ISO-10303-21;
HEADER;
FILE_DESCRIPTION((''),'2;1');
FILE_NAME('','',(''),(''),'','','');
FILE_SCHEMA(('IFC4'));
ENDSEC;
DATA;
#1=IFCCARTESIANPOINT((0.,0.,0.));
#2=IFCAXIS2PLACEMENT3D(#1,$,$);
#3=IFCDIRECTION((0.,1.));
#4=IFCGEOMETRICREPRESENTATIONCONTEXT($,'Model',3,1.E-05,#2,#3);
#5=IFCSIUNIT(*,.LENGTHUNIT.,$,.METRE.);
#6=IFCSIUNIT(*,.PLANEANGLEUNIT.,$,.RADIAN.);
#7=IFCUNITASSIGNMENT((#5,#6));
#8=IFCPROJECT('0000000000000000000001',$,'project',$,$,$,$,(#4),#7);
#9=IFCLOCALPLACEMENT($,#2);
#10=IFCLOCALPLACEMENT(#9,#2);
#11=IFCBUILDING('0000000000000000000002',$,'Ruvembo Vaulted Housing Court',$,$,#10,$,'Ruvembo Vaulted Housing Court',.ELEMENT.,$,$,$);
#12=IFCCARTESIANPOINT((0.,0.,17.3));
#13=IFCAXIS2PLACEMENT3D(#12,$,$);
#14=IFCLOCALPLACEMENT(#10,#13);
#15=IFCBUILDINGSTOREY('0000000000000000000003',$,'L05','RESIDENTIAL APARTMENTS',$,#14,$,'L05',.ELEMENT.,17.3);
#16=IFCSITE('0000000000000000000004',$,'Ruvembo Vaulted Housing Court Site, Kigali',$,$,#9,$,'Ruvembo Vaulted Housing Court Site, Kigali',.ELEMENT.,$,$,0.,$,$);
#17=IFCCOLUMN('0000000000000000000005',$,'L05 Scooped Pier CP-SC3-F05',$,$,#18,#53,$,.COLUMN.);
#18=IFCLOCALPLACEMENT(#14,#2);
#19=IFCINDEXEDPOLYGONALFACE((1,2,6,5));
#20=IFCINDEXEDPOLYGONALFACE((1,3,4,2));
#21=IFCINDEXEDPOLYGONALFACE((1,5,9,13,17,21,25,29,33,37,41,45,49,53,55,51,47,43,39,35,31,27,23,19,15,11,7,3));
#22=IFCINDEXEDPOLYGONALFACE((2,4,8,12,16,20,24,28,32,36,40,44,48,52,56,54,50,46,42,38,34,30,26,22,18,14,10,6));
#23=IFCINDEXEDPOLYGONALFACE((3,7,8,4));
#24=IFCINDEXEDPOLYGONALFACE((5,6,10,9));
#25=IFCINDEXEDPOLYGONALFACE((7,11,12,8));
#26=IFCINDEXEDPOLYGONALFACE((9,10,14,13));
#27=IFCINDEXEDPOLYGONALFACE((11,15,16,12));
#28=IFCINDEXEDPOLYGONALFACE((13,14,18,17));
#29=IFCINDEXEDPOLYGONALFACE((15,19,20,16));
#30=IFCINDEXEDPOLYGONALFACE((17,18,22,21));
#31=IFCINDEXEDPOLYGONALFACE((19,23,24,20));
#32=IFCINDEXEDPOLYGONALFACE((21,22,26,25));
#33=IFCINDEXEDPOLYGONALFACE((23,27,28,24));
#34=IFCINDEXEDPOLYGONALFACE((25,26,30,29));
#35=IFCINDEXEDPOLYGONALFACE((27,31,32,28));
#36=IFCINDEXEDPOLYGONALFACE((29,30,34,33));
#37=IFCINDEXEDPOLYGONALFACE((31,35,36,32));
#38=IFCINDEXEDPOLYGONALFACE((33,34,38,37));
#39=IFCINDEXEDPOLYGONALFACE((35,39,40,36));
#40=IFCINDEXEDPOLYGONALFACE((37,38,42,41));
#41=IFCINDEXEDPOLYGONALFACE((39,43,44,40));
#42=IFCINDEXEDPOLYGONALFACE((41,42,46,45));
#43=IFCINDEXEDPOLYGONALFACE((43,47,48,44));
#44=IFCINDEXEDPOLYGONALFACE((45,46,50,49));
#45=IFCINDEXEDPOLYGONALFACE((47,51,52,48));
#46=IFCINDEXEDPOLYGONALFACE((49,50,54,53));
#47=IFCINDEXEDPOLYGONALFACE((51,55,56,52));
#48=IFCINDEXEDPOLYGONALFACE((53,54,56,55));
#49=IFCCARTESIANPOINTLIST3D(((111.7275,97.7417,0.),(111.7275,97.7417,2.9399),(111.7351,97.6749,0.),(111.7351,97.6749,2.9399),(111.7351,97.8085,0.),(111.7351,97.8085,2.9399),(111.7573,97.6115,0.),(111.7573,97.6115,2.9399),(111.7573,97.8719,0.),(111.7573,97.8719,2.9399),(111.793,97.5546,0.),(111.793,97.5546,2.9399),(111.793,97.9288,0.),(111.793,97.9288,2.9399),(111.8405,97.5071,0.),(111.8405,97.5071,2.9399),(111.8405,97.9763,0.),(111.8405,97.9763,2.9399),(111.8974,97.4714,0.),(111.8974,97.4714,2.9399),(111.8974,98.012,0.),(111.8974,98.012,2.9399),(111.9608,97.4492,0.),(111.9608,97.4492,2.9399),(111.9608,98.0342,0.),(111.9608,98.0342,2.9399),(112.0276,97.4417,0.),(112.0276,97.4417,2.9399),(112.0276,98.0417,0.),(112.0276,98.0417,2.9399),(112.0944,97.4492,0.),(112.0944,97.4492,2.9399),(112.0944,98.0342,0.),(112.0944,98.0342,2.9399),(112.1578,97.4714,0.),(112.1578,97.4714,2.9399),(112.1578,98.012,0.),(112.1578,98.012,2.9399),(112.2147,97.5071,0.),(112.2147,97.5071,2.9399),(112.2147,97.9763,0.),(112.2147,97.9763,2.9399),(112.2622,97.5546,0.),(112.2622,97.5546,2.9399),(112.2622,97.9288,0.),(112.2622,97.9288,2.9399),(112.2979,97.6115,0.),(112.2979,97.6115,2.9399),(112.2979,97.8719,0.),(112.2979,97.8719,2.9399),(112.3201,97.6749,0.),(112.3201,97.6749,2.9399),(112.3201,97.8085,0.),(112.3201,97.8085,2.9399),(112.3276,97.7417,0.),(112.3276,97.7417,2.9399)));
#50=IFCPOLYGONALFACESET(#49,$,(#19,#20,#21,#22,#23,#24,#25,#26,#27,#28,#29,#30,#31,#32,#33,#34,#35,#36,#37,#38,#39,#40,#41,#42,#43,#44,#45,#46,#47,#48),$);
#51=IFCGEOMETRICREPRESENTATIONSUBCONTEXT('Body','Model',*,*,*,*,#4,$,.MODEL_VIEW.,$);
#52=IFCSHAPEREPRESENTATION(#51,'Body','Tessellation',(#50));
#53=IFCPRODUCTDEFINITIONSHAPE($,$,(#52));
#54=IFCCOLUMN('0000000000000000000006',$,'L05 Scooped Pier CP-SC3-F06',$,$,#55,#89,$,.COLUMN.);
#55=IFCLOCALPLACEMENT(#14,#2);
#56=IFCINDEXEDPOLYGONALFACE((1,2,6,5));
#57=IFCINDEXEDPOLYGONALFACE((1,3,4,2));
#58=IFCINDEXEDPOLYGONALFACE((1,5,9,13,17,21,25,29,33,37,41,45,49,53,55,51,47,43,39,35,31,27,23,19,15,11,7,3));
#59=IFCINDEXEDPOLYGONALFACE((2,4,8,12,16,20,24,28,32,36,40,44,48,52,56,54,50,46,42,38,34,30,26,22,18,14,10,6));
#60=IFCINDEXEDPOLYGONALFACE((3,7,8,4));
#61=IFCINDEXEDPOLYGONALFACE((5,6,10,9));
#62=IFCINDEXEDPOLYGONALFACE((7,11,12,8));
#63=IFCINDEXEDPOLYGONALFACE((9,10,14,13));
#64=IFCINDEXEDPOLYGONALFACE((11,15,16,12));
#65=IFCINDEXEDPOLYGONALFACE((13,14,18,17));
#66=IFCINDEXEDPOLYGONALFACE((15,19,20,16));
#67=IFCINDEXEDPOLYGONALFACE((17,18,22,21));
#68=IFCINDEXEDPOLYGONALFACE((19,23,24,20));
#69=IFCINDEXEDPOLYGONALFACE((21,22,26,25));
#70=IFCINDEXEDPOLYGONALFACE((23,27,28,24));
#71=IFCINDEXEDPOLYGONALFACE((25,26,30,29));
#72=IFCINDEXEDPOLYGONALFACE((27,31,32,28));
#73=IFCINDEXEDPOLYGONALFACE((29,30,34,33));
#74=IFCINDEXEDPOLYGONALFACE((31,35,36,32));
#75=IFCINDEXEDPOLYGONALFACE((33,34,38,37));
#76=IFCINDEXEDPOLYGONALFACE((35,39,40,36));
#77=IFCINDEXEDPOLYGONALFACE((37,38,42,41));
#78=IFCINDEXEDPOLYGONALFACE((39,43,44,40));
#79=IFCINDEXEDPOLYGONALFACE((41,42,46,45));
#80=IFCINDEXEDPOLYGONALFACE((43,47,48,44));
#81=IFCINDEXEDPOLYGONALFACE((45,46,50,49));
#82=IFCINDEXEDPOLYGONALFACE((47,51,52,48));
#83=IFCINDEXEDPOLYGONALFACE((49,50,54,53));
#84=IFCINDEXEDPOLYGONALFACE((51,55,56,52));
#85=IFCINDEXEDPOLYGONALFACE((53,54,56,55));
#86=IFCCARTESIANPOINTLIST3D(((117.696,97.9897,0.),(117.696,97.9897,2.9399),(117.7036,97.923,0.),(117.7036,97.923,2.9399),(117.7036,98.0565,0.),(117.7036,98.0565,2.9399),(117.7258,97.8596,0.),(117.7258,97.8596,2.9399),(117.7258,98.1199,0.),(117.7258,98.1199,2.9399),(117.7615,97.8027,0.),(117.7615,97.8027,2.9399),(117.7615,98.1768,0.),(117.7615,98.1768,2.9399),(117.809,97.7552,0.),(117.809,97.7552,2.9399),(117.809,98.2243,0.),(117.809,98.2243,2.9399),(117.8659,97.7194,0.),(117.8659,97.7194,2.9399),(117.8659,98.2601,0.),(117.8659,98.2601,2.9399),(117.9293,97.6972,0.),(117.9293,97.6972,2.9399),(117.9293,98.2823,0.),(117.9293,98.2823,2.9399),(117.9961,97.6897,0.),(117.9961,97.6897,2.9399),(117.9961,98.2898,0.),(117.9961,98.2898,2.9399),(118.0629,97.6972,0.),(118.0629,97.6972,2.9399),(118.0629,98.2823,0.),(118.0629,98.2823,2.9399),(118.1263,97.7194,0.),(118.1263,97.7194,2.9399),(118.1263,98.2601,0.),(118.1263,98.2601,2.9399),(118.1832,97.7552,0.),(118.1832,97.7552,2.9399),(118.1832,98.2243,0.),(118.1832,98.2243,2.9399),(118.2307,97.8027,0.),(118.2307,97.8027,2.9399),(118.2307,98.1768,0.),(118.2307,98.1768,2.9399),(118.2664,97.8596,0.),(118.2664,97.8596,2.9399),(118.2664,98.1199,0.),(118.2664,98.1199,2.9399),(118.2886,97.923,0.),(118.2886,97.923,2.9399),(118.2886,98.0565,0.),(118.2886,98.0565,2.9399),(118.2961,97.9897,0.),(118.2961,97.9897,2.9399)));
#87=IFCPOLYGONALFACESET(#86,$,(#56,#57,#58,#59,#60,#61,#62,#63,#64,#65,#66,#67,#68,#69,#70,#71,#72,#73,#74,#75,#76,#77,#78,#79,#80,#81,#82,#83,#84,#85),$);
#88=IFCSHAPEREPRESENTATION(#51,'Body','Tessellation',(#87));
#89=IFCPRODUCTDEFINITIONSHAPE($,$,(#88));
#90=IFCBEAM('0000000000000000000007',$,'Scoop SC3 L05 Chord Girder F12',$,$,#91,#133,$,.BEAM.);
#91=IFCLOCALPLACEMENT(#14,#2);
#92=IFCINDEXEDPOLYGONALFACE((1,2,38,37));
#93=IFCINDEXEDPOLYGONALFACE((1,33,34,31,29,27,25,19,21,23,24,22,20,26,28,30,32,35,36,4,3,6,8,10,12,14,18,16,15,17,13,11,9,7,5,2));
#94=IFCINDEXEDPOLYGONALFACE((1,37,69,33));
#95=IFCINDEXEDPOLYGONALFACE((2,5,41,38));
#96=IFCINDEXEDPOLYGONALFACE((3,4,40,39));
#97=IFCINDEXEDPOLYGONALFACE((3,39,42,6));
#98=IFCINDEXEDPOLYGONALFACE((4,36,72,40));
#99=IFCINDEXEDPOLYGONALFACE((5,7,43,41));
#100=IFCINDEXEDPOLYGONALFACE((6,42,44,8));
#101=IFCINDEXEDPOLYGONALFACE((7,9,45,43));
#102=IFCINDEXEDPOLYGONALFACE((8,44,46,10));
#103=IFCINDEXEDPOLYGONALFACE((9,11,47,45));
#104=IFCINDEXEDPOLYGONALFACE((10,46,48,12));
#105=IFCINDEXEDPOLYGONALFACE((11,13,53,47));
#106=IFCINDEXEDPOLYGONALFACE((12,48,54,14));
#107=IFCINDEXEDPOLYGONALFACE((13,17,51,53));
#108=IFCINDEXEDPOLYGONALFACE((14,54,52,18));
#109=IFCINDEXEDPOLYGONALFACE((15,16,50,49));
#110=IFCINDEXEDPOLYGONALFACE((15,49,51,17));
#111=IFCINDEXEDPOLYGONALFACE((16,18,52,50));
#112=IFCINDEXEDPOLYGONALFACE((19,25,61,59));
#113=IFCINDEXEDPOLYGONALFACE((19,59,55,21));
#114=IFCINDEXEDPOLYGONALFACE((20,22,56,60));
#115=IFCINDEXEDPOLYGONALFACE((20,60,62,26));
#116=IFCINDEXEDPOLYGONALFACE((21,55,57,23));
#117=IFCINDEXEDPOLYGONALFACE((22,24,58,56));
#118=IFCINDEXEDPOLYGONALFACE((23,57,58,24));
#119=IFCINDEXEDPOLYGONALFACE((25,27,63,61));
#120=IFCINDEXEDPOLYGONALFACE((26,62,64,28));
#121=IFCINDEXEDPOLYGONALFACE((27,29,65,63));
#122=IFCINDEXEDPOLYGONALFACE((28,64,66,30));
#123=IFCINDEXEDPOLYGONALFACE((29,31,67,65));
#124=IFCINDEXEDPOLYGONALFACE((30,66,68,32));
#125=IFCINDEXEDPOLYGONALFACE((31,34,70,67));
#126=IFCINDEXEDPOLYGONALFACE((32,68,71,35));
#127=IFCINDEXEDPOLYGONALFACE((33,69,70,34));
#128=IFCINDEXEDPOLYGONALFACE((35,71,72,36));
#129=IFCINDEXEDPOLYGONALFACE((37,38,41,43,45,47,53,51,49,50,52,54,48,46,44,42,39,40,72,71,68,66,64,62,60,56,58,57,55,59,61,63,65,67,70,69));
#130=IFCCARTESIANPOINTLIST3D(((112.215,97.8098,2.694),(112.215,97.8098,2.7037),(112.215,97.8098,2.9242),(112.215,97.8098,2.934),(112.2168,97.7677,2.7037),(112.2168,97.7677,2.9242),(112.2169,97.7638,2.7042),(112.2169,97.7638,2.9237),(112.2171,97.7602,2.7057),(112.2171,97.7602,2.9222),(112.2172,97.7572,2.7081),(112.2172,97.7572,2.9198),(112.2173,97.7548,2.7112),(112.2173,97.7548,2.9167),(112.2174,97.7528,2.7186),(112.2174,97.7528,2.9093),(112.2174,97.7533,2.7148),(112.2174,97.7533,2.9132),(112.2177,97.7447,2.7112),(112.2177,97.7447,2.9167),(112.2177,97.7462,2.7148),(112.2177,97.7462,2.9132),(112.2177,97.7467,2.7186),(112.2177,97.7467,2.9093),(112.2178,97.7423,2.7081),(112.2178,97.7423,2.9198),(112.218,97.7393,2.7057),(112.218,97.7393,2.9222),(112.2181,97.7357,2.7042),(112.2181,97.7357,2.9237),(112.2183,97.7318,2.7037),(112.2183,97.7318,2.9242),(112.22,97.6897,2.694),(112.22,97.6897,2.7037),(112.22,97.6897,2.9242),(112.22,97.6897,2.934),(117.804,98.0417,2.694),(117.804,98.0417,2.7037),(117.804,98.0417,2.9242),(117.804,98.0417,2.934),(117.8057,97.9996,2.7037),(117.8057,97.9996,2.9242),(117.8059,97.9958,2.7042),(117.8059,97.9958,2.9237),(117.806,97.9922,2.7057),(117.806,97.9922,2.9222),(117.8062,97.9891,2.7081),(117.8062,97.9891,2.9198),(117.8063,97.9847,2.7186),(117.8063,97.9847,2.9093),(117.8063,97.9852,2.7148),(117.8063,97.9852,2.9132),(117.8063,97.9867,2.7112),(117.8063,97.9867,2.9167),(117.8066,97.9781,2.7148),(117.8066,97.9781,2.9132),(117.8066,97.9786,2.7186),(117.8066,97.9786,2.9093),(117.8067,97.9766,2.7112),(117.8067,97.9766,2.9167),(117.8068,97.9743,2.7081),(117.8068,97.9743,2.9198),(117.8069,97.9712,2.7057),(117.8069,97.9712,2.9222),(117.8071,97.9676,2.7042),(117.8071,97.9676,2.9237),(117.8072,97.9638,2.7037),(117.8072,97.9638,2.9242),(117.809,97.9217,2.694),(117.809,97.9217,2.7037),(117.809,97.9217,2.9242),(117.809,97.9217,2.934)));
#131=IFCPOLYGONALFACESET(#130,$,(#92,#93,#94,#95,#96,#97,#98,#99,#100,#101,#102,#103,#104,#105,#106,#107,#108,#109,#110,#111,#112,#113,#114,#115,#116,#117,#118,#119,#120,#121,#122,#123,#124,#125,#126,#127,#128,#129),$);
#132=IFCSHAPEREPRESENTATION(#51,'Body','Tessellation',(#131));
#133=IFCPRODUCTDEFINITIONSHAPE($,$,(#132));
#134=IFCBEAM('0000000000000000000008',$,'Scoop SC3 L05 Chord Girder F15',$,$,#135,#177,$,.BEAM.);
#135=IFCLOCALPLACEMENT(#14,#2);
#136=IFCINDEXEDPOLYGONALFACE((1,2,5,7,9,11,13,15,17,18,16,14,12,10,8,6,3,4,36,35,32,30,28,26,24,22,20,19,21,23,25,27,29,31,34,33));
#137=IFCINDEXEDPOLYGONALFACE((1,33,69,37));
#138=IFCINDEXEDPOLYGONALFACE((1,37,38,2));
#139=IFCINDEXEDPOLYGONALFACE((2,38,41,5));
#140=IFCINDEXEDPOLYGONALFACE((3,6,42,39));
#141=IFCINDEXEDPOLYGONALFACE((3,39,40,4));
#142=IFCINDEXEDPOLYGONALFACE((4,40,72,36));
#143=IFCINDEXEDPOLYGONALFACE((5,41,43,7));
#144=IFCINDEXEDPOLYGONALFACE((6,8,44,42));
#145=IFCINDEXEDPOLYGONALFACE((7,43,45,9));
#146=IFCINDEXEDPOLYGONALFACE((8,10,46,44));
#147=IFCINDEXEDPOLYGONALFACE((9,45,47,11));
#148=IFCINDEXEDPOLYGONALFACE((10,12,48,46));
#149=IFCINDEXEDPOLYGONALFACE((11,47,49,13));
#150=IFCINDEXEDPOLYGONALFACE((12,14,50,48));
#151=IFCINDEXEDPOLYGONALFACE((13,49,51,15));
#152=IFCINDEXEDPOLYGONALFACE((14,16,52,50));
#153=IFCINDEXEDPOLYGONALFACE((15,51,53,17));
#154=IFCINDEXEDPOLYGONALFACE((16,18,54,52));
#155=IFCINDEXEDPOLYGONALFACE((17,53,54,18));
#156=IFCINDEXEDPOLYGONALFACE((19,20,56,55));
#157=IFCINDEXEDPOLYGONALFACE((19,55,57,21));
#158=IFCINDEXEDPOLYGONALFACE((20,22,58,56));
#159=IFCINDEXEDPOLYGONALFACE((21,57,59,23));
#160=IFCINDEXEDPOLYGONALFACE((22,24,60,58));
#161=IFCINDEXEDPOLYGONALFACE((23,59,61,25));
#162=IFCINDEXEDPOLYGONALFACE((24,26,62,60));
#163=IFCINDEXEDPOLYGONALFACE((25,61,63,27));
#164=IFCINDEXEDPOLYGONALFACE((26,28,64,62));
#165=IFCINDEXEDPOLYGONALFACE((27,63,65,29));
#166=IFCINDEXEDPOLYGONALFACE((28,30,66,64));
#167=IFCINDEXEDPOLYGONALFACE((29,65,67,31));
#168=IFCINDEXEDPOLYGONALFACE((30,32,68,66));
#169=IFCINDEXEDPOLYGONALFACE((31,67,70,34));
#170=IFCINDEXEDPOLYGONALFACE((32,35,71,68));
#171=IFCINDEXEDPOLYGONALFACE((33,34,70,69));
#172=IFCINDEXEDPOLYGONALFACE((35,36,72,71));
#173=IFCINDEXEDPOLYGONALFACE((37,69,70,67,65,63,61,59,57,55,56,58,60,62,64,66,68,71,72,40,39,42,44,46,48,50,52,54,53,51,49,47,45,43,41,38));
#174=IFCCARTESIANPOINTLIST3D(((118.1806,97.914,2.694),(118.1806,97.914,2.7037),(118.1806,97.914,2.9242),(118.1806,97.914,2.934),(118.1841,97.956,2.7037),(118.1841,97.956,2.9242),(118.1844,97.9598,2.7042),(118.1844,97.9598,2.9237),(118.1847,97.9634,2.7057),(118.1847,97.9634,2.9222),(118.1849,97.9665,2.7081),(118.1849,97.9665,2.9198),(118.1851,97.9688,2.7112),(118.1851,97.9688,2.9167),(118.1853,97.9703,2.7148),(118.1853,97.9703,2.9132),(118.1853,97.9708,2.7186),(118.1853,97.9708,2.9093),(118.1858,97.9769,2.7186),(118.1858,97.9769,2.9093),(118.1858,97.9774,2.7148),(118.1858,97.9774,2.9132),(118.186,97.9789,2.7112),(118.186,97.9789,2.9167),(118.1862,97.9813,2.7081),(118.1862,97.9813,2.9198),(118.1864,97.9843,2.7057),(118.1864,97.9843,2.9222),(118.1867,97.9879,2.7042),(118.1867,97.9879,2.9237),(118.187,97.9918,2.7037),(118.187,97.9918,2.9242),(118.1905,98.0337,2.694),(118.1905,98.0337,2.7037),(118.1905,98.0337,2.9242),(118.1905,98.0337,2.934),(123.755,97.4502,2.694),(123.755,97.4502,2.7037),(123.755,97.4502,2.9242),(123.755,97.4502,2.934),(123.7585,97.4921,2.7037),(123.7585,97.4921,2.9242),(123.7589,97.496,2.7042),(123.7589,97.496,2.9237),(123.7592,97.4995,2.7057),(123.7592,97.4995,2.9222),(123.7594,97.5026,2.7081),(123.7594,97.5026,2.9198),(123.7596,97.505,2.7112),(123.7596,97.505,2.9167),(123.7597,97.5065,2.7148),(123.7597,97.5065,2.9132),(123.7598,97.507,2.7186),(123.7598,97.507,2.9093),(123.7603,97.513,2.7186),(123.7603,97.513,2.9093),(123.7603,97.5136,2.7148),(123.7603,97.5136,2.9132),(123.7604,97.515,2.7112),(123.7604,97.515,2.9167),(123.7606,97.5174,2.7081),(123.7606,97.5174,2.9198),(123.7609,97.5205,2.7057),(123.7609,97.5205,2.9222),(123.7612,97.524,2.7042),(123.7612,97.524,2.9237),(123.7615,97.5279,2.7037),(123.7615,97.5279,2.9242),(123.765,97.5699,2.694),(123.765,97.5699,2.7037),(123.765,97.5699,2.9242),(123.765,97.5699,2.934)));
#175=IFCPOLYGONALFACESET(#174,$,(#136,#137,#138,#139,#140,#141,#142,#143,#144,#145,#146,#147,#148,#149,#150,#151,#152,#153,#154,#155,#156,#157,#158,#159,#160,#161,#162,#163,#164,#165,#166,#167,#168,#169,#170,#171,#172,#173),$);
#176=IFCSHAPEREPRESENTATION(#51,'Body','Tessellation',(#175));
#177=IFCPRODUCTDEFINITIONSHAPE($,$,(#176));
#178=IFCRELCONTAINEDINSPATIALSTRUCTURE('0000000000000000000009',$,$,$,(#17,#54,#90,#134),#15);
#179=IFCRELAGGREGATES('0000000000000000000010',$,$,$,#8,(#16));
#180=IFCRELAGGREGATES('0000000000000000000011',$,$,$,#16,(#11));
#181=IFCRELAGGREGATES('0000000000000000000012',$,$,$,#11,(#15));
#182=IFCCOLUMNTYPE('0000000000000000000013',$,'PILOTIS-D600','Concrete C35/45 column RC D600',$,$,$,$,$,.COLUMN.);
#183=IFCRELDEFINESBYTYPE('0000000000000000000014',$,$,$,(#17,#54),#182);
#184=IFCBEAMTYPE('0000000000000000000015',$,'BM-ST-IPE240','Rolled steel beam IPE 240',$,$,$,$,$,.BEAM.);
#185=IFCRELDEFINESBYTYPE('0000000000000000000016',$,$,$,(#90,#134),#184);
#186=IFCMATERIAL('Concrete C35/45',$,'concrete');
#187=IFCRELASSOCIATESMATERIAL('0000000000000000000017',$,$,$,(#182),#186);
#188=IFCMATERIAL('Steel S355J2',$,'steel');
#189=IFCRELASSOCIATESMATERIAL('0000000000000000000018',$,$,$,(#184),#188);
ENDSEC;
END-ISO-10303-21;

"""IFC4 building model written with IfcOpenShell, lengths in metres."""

from ifc_helpers import new_model, si_unit, direction, frame, origin, origin_2d, place, context, subcontext, project, spatial, circle, i_section, extrude, material, material_profile, profile_set, type_object, element, save


model = new_model("IFC4")

# Units and contexts
model_context = context("Model", 3, precision=1e-05, world=origin(), true_north=direction((0.0, 1.0)))
body_context = subcontext(model_context, "Body", "Model", "MODEL_VIEW")
ifc_project = project(units=[si_unit("LENGTHUNIT", "METRE"), si_unit("PLANEANGLEUNIT", "RADIAN")], contexts=[model_context])

# Site, building, storey
site_placement = place(None, origin())
site = spatial("IfcSite", under=ifc_project, at=site_placement, Name="Ruvembo Vaulted Housing Court Site, Kigali", LongName="Ruvembo Vaulted Housing Court Site, Kigali", CompositionType="ELEMENT", RefElevation=0.0)
building_placement = place(site_placement, origin())
building = spatial("IfcBuilding", under=site, at=building_placement, Name="Ruvembo Vaulted Housing Court", LongName="Ruvembo Vaulted Housing Court", CompositionType="ELEMENT")
storey_placement = place(building_placement, frame((0.0, 0.0, 17.3)))
storey = spatial("IfcBuildingStorey", under=building, at=storey_placement, Name="L05", Description="RESIDENTIAL APARTMENTS", LongName="L05", CompositionType="ELEMENT", Elevation=17.3)

# Columns
ifc_material_1 = material(Name="Concrete C35/45", Category="concrete")
ifc_material_profile_1 = material_profile(ifc_material_1, circle(Radius=0.3, at=origin_2d()), Name="RC D600")
ifc_profile_set_1 = profile_set([ifc_material_profile_1], Name="Concrete C35/45")
column_type = type_object("IfcColumnType", Name="PILOTIS-D600", Description="Concrete C35/45 column RC D600", PredefinedType="COLUMN", material=ifc_profile_set_1)
for number, where, z_axis, x_axis, name in (
    (1, (112.0276, 97.7417, 0.0), (0.0, 0.0, 1.0), (1.0, 0.0, 0.0), "L05 Scooped Pier CP-SC3-F05"),
    (2, (117.9961, 97.9897, 0.0), (0.0, 0.0, 1.0), (1.0, 0.0, 0.0), "L05 Scooped Pier CP-SC3-F06"),
):
    element("IfcColumn", number, at=place(storey_placement, frame(where, z_axis=z_axis, x_axis=x_axis)), inside=storey, type_object=column_type, Name=name, PredefinedType="COLUMN", context=body_context, shape_type="SweptSolid", body=[
        extrude(circle(Radius=0.3, at=origin_2d()), origin(), (0.0, 0.0, 1.0), 2.9399),
    ])

# Beams
ifc_material_2 = material(Name="Steel S355J2", Category="steel")
ifc_material_profile_2 = material_profile(ifc_material_2, i_section(OverallWidth=0.1201, OverallDepth=0.24, WebThickness=0.0061, FlangeThickness=0.0098, FilletRadius=0.0149, at=origin_2d()), Name="IPE 240")
ifc_profile_set_2 = profile_set([ifc_material_profile_2], Name="Steel S355J2")
beam_type_1 = type_object("IfcBeamType", Name="BM-ST-IPE240", Description="Rolled steel beam IPE 240", PredefinedType="BEAM", material=ifc_profile_set_2)
for number, where, z_axis, x_axis, name in (
    (3, (112.2175, 97.7498, 2.814), (0.99914, 0.041464, 0.0), (-0.041464, 0.99914, 0.0), "Scoop SC3 L05 Chord Girder F12"),
    (4, (118.1855, 97.9739, 2.814), (0.996556, -0.082926, 0.0), (0.082926, 0.996556, 0.0), "Scoop SC3 L05 Chord Girder F15"),
):
    element("IfcBeam", number, at=place(storey_placement, frame(where, z_axis=z_axis, x_axis=x_axis)), inside=storey, type_object=beam_type_1, Name=name, PredefinedType="BEAM", context=body_context, shape_type="SweptSolid", body=[
        extrude(i_section(OverallWidth=0.1201, OverallDepth=0.24, WebThickness=0.0061, FlangeThickness=0.0098, FilletRadius=0.0149, at=origin_2d()), origin(), (0.0, 0.0, 1.0), 5.5938),
    ])

save(model, "model.ifc")
